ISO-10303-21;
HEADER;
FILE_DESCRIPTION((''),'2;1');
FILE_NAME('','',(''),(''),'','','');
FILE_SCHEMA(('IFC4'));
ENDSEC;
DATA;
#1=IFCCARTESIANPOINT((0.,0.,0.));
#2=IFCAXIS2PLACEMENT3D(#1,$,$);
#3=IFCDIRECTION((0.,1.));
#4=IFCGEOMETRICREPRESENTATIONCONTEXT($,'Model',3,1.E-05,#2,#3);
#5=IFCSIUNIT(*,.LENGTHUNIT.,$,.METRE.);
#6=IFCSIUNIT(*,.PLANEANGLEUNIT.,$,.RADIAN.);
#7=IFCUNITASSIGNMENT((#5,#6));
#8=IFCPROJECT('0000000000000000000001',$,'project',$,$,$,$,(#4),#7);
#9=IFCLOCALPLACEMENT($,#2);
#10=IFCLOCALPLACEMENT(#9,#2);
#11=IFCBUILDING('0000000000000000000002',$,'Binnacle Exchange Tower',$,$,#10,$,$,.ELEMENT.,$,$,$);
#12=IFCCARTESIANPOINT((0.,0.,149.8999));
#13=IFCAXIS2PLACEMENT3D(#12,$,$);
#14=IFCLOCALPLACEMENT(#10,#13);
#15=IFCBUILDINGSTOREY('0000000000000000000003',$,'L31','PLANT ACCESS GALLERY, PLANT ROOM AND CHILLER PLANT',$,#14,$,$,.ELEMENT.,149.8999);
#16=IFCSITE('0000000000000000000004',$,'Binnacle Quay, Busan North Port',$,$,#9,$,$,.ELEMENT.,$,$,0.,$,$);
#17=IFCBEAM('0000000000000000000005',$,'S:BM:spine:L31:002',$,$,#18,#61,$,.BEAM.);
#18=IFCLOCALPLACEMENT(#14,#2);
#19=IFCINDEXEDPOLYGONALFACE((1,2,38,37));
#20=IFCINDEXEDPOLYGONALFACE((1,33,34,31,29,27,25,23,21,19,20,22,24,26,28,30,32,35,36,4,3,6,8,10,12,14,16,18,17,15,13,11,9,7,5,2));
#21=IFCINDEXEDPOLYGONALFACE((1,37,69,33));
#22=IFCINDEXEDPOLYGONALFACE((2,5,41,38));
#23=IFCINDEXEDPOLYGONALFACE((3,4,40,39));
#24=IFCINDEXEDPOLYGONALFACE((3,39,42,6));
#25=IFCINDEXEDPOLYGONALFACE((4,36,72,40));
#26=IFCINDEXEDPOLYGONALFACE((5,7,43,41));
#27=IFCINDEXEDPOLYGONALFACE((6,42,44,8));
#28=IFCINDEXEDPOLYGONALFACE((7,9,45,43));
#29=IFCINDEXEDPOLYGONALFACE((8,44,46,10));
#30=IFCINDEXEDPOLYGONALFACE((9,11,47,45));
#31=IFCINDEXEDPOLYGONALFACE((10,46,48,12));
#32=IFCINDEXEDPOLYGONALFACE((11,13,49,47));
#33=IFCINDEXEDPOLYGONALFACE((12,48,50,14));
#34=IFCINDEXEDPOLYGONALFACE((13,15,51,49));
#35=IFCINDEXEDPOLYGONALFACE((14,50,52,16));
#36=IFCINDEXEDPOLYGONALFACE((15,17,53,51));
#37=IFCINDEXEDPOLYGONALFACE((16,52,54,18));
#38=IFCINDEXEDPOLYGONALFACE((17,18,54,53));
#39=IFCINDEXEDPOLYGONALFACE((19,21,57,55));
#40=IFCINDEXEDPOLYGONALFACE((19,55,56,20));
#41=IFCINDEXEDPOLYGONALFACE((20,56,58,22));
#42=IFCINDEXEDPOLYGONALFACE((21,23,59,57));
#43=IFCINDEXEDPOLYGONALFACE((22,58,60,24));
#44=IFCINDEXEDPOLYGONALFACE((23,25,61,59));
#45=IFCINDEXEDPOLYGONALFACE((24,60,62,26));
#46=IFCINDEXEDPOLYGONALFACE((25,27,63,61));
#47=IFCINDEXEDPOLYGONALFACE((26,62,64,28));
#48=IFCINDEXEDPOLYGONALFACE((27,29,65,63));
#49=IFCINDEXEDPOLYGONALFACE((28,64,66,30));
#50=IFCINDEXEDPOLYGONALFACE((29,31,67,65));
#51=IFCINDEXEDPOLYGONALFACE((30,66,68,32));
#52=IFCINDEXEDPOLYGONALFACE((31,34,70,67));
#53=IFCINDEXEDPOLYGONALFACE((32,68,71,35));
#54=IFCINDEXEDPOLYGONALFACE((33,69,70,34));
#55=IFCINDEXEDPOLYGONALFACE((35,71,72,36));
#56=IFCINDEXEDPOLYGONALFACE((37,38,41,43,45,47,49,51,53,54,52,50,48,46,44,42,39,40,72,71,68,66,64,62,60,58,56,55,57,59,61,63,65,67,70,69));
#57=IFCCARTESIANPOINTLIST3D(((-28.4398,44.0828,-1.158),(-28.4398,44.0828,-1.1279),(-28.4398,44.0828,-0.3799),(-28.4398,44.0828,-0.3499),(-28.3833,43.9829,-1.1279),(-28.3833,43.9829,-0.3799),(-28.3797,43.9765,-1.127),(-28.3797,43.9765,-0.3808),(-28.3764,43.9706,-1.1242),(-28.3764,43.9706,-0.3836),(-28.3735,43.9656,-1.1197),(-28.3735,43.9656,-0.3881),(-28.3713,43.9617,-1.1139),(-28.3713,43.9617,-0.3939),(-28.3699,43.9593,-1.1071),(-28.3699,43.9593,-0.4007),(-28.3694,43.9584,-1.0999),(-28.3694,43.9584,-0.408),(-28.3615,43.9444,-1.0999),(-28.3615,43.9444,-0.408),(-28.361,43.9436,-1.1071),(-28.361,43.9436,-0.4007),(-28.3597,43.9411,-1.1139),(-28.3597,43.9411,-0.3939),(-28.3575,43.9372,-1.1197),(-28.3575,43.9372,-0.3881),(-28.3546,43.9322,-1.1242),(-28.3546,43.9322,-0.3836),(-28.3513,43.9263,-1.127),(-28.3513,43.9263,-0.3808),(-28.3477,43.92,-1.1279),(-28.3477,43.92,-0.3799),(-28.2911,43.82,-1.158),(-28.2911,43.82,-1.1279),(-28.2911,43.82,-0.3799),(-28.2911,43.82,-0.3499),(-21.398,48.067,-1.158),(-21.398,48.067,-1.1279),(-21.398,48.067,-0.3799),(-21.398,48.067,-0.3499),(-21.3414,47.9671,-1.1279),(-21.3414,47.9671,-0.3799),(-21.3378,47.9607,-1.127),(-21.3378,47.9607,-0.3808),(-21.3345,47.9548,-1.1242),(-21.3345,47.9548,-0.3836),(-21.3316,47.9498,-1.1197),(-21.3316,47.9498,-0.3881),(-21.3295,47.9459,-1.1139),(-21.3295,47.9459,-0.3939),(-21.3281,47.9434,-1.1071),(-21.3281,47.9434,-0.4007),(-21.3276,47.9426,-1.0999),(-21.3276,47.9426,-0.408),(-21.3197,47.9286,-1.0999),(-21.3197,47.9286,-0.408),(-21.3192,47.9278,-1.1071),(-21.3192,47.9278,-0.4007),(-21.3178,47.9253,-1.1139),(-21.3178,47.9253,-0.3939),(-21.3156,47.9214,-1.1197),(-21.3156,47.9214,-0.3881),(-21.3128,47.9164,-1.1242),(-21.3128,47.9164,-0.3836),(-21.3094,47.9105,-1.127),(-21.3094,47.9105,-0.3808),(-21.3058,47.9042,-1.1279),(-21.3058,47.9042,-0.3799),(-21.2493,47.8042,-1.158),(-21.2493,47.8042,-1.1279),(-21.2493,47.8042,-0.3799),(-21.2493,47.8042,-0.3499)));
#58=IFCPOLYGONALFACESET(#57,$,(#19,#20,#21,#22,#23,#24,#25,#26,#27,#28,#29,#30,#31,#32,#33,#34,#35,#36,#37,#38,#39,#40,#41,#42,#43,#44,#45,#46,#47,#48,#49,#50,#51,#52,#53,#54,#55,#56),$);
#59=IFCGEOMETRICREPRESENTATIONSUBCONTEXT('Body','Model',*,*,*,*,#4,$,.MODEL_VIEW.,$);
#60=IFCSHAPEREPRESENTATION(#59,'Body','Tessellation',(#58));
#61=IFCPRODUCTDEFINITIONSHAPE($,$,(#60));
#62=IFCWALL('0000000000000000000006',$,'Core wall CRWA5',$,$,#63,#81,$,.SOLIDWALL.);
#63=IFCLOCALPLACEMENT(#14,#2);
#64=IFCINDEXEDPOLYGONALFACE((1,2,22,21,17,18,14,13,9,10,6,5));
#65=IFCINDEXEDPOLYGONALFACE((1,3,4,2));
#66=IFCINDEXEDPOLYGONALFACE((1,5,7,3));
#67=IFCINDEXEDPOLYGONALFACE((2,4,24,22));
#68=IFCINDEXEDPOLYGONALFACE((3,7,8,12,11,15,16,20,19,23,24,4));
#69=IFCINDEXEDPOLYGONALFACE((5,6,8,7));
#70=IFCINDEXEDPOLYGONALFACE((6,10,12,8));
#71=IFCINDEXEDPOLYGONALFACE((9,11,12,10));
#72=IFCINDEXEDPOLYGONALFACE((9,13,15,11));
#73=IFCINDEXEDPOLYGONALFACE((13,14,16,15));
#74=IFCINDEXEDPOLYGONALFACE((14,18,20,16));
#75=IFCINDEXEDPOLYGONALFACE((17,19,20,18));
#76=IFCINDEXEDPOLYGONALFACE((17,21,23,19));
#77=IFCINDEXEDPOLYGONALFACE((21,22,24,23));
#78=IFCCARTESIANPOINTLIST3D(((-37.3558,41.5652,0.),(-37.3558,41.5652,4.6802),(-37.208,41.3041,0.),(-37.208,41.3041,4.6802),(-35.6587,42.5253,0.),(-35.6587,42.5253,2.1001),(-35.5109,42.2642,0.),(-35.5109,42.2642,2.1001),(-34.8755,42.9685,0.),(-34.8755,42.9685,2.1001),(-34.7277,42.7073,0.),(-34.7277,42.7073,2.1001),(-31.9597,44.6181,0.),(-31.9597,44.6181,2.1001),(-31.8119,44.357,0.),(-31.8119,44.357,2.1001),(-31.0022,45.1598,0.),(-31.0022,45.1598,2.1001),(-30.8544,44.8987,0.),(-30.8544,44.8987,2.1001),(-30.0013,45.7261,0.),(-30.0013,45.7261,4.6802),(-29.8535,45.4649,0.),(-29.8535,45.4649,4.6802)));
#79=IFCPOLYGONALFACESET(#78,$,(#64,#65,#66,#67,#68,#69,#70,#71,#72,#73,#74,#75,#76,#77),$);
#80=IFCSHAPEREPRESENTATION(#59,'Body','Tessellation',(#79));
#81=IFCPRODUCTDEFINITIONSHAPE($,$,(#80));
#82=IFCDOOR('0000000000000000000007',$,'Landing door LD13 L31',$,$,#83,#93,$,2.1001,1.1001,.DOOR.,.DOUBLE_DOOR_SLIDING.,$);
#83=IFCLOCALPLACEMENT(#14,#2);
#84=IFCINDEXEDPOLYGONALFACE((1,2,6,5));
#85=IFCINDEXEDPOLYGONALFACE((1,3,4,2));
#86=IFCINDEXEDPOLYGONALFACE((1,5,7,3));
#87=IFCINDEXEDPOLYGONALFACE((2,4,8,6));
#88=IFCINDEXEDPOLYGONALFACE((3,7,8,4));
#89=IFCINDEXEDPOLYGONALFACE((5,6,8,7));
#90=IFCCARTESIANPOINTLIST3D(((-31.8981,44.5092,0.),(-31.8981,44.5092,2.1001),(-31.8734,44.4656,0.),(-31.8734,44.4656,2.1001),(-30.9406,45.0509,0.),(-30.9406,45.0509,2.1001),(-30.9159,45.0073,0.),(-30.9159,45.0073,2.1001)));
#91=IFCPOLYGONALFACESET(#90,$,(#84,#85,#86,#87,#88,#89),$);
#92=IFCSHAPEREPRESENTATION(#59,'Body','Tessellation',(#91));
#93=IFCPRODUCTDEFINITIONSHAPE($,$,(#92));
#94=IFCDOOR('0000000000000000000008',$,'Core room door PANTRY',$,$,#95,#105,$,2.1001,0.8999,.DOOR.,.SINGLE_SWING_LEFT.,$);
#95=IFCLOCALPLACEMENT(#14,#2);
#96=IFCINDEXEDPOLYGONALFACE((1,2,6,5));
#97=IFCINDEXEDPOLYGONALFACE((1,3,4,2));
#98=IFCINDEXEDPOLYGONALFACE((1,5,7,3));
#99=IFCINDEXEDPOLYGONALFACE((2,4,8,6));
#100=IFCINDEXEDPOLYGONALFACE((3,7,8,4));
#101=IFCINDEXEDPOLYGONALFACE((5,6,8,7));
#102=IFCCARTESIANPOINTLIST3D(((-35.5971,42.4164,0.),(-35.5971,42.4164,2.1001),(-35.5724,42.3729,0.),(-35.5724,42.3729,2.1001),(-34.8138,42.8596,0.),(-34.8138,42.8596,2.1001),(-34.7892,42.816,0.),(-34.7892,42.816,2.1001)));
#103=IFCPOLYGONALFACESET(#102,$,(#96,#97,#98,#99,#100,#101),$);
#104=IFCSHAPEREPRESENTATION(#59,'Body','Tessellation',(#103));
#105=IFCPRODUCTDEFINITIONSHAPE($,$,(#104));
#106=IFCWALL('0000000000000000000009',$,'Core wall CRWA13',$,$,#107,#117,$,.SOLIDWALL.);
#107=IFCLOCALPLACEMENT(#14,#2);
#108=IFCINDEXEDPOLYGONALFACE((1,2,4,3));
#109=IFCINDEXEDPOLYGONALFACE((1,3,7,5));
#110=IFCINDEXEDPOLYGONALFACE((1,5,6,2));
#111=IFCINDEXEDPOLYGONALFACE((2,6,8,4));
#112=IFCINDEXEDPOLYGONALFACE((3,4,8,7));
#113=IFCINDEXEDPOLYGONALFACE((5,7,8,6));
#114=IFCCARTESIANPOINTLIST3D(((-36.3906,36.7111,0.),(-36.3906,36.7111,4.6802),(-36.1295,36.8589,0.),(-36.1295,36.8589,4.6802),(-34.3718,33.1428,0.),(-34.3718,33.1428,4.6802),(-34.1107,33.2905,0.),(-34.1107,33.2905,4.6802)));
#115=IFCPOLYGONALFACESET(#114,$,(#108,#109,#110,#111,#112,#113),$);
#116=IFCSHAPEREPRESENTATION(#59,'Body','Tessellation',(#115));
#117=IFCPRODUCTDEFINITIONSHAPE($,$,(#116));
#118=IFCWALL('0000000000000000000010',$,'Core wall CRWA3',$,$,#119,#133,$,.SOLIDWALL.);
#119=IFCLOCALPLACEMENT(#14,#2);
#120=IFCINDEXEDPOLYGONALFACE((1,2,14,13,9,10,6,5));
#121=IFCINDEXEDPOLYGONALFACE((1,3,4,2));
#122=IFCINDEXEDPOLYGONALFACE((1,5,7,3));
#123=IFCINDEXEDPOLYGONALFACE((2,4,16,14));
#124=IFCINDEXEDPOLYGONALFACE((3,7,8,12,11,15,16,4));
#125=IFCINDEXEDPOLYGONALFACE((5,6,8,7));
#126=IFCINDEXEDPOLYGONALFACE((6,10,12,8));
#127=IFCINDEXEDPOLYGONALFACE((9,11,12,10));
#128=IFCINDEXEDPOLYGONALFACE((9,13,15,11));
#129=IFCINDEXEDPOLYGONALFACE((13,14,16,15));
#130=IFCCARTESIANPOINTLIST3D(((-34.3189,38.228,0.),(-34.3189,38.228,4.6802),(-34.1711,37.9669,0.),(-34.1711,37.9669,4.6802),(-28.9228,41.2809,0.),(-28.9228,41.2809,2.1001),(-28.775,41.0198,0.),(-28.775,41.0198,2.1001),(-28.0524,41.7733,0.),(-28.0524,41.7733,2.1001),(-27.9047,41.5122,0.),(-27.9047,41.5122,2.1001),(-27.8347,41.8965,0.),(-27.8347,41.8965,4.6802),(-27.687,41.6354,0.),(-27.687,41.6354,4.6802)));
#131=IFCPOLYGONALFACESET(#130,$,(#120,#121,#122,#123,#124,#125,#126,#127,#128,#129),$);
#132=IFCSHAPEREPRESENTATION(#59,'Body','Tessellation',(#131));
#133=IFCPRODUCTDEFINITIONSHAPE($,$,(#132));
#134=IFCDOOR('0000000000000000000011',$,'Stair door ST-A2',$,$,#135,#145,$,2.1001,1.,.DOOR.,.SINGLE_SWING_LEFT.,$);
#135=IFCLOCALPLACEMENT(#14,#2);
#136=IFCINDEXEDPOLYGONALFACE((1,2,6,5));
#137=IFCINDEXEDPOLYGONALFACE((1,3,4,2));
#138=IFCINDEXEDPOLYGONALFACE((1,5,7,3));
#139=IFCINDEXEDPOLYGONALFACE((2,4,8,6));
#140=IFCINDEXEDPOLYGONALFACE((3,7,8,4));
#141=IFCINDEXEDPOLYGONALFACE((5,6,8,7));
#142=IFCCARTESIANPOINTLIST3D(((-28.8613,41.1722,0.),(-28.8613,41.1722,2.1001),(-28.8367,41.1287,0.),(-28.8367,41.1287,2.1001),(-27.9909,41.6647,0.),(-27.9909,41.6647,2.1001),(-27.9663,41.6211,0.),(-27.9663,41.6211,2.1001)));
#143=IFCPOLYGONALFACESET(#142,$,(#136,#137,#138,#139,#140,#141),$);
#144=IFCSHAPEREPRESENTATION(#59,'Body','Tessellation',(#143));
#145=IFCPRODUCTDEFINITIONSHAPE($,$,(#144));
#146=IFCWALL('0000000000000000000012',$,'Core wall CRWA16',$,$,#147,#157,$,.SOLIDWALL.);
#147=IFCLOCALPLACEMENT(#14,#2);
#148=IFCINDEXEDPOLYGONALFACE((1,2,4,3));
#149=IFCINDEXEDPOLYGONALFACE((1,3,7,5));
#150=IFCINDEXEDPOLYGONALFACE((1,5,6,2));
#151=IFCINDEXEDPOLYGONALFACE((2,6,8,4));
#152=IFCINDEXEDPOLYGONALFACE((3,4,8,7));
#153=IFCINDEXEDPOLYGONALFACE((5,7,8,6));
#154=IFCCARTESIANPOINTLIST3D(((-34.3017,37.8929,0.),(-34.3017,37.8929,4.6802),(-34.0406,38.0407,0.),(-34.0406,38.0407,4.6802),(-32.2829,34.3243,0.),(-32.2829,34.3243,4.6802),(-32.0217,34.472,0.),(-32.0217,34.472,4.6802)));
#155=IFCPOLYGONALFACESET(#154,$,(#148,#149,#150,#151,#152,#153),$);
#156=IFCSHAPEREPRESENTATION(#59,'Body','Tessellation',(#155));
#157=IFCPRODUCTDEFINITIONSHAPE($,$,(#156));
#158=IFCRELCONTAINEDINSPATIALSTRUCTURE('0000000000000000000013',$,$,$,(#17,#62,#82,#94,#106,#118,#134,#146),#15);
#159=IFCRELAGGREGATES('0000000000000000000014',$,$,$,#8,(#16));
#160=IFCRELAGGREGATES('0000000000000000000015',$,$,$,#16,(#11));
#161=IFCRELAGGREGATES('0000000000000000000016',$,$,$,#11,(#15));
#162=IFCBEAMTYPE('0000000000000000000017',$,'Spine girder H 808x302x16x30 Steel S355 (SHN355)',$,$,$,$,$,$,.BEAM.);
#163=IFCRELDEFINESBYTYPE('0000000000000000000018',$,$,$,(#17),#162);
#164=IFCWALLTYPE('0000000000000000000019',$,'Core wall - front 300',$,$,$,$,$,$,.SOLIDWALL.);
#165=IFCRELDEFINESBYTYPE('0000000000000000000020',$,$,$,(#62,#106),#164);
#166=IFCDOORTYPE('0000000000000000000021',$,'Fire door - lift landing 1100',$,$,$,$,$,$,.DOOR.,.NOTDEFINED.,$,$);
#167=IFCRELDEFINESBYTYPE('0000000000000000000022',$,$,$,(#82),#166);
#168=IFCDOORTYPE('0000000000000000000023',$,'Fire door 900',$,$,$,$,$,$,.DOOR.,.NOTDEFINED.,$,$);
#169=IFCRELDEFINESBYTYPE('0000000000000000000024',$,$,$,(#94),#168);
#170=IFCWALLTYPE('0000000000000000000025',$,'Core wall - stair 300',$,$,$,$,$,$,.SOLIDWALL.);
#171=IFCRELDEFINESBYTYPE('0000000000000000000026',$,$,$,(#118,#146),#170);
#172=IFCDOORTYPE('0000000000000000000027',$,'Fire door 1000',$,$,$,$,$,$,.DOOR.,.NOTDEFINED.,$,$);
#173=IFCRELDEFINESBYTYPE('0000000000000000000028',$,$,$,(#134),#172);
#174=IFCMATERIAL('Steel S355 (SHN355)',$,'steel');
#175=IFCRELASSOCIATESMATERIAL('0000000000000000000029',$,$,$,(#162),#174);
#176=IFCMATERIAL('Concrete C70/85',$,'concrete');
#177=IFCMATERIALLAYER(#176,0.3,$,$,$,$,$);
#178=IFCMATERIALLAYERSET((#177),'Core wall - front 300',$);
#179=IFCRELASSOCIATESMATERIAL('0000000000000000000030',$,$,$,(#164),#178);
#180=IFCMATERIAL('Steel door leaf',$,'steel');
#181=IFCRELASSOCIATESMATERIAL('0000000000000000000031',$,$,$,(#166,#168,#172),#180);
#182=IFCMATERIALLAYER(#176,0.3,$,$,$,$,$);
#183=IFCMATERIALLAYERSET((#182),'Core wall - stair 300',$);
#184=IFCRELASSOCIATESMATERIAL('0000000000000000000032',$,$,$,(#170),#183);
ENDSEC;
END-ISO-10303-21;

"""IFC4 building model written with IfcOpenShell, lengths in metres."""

from ifc_helpers import new_model, si_unit, direction, frame, frame_2d, origin, origin_2d, place, context, subcontext, project, spatial, rectangle, i_section, extrude, material, layer, layer_set, material_profile, profile_set, type_object, element, fill, save


model = new_model("IFC4")

# Units and contexts
model_context = context("Model", 3, precision=1e-05, world=origin(), true_north=direction((0.0, 1.0)))
body_context = subcontext(model_context, "Body", "Model", "MODEL_VIEW")
ifc_project = project(units=[si_unit("LENGTHUNIT", "METRE"), si_unit("PLANEANGLEUNIT", "RADIAN")], contexts=[model_context])

# Site, building, storey
site_placement = place(None, origin())
site = spatial("IfcSite", under=ifc_project, at=site_placement, Name="Binnacle Quay, Busan North Port", CompositionType="ELEMENT", RefElevation=0.0)
building_placement = place(site_placement, origin())
building = spatial("IfcBuilding", under=site, at=building_placement, Name="Binnacle Exchange Tower", CompositionType="ELEMENT")
storey_placement = place(building_placement, frame((0.0, 0.0, 149.8999)))
storey = spatial("IfcBuildingStorey", under=building, at=storey_placement, Name="L31", Description="PLANT ACCESS GALLERY, PLANT ROOM AND CHILLER PLANT", CompositionType="ELEMENT", Elevation=149.8999)

# Beam
ifc_material_1 = material(Name="Steel S355 (SHN355)", Category="steel")
ifc_material_profile = material_profile(ifc_material_1, i_section(OverallWidth=0.302, OverallDepth=0.8081, WebThickness=0.0161, FlangeThickness=0.03, FilletRadius=0.0281, at=origin_2d()), Name="H 808x302x16x30")
ifc_profile_set = profile_set([ifc_material_profile], Name="Steel S355 (SHN355)")
beam_type = type_object("IfcBeamType", Name="Spine girder H 808x302x16x30 Steel S355 (SHN355)", PredefinedType="BEAM", material=ifc_profile_set)
beam_placement = place(storey_placement, frame((-28.3655, 43.9514, -0.7539), z_axis=(0.87035, 0.492433, 0.0), x_axis=(-0.492433, 0.87035, 0.0)))
element("IfcBeam", 1, at=beam_placement, inside=storey, type_object=beam_type, Name="S:BM:spine:L31:002", PredefinedType="BEAM", context=body_context, shape_type="SweptSolid", body=[
    extrude(i_section(OverallWidth=0.302, OverallDepth=0.8081, WebThickness=0.0161, FlangeThickness=0.03, FilletRadius=0.0281, at=origin_2d()), origin(), (0.0, 0.0, 1.0), 8.0908),
])

# Wall, openings, doors
ifc_material_2 = material(Name="Concrete C70/85", Category="concrete")
ifc_layer_1 = layer(ifc_material_2, 0.3)
ifc_layer_set_1 = layer_set([ifc_layer_1], Name="Core wall - front 300")
wall_type_1 = type_object("IfcWallType", Name="Core wall - front 300", PredefinedType="SOLIDWALL", material=ifc_layer_set_1)
wall_1_placement = place(storey_placement, frame((-37.282, 41.4346, 0.0), z_axis=(0.0, 0.0, 1.0), x_axis=(0.87036, 0.492416, 0.0)))
wall_1 = element("IfcWall", 2, at=wall_1_placement, inside=storey, type_object=wall_type_1, Name="Core wall CRWA5", PredefinedType="SOLIDWALL", context=body_context, shape_type="SweptSolid", body=[
    extrude(rectangle(XDim=8.45, YDim=0.3, at=frame_2d((4.2251, 0.0))), origin(), (0.0, 0.0, 1.0), 4.6802),
])
opening_1_placement = place(wall_1_placement, frame((6.2, 0.0, 0.0)))
opening_1 = element("IfcOpeningElement", 3, at=opening_1_placement, cuts=wall_1, PredefinedType="OPENING", context=body_context, shape_type="SweptSolid", body=[
    extrude(rectangle(XDim=1.1001, YDim=2.1001, at=frame_2d((0.55, 1.05))), frame((0.0, 0.1599, 0.0), z_axis=(0.0, -1.0, 0.0), x_axis=(1.0, 0.0, 0.0)), (0.0, 0.0, 1.0), 0.3201),
])
opening_2_placement = place(wall_1_placement, frame((1.95, 0.0, 0.0)))
opening_2 = element("IfcOpeningElement", 4, at=opening_2_placement, cuts=wall_1, PredefinedType="OPENING", context=body_context, shape_type="SweptSolid", body=[
    extrude(rectangle(XDim=0.8999, YDim=2.1001, at=frame_2d((0.45, 1.05))), frame((0.0, 0.1599, 0.0), z_axis=(0.0, -1.0, 0.0), x_axis=(1.0, 0.0, 0.0)), (0.0, 0.0, 1.0), 0.3201),
])
ifc_material_3 = material(Name="Steel door leaf", Category="steel")
door_type_1 = type_object("IfcDoorType", Name="Fire door - lift landing 1100", OperationType="NOTDEFINED", PredefinedType="DOOR", material=ifc_material_3)
door_1_placement = place(opening_1_placement, origin())
door_1 = element("IfcDoor", 5, at=door_1_placement, inside=storey, type_object=door_type_1, Name="Landing door LD13 L31", OperationType="DOUBLE_DOOR_SLIDING", OverallHeight=2.1001, OverallWidth=1.1001, PredefinedType="DOOR", context=body_context, shape_type="SweptSolid", body=[
    extrude(rectangle(XDim=1.1001, YDim=2.1001, at=frame_2d((0.55, 1.05))), frame((0.0, 0.0249, 0.0), z_axis=(0.0, -1.0, 0.0), x_axis=(1.0, 0.0, 0.0)), (0.0, 0.0, 1.0), 0.05),
])
fill(opening_1, door_1)
door_type_2 = type_object("IfcDoorType", Name="Fire door 900", OperationType="NOTDEFINED", PredefinedType="DOOR", material=ifc_material_3)
door_2_placement = place(opening_2_placement, origin())
door_2 = element("IfcDoor", 6, at=door_2_placement, inside=storey, type_object=door_type_2, Name="Core room door PANTRY", OperationType="SINGLE_SWING_LEFT", OverallHeight=2.1001, OverallWidth=0.8999, PredefinedType="DOOR", context=body_context, shape_type="SweptSolid", body=[
    extrude(rectangle(XDim=0.8999, YDim=2.1001, at=frame_2d((0.45, 1.05))), frame((0.0, 0.0249, 0.0), z_axis=(0.0, -1.0, 0.0), x_axis=(1.0, 0.0, 0.0)), (0.0, 0.0, 1.0), 0.05),
])
fill(opening_2, door_2)

# Wall
wall_2_placement = place(storey_placement, frame((-36.26, 36.7849, 0.0), z_axis=(0.0, 0.0, 1.0), x_axis=(0.492408, -0.870364, 0.0)))
element("IfcWall", 7, at=wall_2_placement, inside=storey, type_object=wall_type_1, Name="Core wall CRWA13", PredefinedType="SOLIDWALL", context=body_context, shape_type="SweptSolid", body=[
    extrude(rectangle(XDim=4.0999, YDim=0.3, at=frame_2d((2.0498, 0.0))), origin(), (0.0, 0.0, 1.0), 4.6802),
])

# Wall, opening, door
ifc_layer_2 = layer(ifc_material_2, 0.3)
ifc_layer_set_2 = layer_set([ifc_layer_2], Name="Core wall - stair 300")
wall_type_2 = type_object("IfcWallType", Name="Core wall - stair 300", PredefinedType="SOLIDWALL", material=ifc_layer_set_2)
wall_3_placement = place(storey_placement, frame((-34.2451, 38.0974, 0.0), z_axis=(0.0, 0.0, 1.0), x_axis=(0.870361, 0.492415, 0.0)))
wall_3 = element("IfcWall", 8, at=wall_3_placement, inside=storey, type_object=wall_type_2, Name="Core wall CRWA3", PredefinedType="SOLIDWALL", context=body_context, shape_type="SweptSolid", body=[
    extrude(rectangle(XDim=7.45, YDim=0.3, at=frame_2d((3.7251, 0.0))), origin(), (0.0, 0.0, 1.0), 4.6802),
])
opening_3_placement = place(wall_3_placement, frame((6.2, 0.0, 0.0)))
opening_3 = element("IfcOpeningElement", 9, at=opening_3_placement, cuts=wall_3, PredefinedType="OPENING", context=body_context, shape_type="SweptSolid", body=[
    extrude(rectangle(XDim=1.0, YDim=2.1001, at=frame_2d((0.5, 1.05))), frame((0.0, 0.1599, 0.0), z_axis=(0.0, -1.0, 0.0), x_axis=(1.0, 0.0, 0.0)), (0.0, 0.0, 1.0), 0.3201),
])
door_type_3 = type_object("IfcDoorType", Name="Fire door 1000", OperationType="NOTDEFINED", PredefinedType="DOOR", material=ifc_material_3)
door_3_placement = place(opening_3_placement, frame((1.0, 0.0, 0.0), z_axis=(0.0, 0.0, 1.0), x_axis=(-1.0, 0.0, 0.0)))
door_3 = element("IfcDoor", 10, at=door_3_placement, inside=storey, type_object=door_type_3, Name="Stair door ST-A2", OperationType="SINGLE_SWING_LEFT", OverallHeight=2.1001, OverallWidth=1.0, PredefinedType="DOOR", context=body_context, shape_type="SweptSolid", body=[
    extrude(rectangle(XDim=1.0, YDim=2.1001, at=frame_2d((0.5, 1.05))), frame((0.0, 0.0249, 0.0), z_axis=(0.0, -1.0, 0.0), x_axis=(1.0, 0.0, 0.0)), (0.0, 0.0, 1.0), 0.05),
])
fill(opening_3, door_3)

# Wall
wall_4_placement = place(storey_placement, frame((-34.1711, 37.9668, 0.0), z_axis=(0.0, 0.0, 1.0), x_axis=(0.492383, -0.870379, 0.0)))
element("IfcWall", 11, at=wall_4_placement, inside=storey, type_object=wall_type_2, Name="Core wall CRWA16", PredefinedType="SOLIDWALL", context=body_context, shape_type="SweptSolid", body=[
    extrude(rectangle(XDim=4.1001, YDim=0.3, at=frame_2d((2.05, 0.0))), origin(), (0.0, 0.0, 1.0), 4.6802),
])

save(model, "model.ifc")
